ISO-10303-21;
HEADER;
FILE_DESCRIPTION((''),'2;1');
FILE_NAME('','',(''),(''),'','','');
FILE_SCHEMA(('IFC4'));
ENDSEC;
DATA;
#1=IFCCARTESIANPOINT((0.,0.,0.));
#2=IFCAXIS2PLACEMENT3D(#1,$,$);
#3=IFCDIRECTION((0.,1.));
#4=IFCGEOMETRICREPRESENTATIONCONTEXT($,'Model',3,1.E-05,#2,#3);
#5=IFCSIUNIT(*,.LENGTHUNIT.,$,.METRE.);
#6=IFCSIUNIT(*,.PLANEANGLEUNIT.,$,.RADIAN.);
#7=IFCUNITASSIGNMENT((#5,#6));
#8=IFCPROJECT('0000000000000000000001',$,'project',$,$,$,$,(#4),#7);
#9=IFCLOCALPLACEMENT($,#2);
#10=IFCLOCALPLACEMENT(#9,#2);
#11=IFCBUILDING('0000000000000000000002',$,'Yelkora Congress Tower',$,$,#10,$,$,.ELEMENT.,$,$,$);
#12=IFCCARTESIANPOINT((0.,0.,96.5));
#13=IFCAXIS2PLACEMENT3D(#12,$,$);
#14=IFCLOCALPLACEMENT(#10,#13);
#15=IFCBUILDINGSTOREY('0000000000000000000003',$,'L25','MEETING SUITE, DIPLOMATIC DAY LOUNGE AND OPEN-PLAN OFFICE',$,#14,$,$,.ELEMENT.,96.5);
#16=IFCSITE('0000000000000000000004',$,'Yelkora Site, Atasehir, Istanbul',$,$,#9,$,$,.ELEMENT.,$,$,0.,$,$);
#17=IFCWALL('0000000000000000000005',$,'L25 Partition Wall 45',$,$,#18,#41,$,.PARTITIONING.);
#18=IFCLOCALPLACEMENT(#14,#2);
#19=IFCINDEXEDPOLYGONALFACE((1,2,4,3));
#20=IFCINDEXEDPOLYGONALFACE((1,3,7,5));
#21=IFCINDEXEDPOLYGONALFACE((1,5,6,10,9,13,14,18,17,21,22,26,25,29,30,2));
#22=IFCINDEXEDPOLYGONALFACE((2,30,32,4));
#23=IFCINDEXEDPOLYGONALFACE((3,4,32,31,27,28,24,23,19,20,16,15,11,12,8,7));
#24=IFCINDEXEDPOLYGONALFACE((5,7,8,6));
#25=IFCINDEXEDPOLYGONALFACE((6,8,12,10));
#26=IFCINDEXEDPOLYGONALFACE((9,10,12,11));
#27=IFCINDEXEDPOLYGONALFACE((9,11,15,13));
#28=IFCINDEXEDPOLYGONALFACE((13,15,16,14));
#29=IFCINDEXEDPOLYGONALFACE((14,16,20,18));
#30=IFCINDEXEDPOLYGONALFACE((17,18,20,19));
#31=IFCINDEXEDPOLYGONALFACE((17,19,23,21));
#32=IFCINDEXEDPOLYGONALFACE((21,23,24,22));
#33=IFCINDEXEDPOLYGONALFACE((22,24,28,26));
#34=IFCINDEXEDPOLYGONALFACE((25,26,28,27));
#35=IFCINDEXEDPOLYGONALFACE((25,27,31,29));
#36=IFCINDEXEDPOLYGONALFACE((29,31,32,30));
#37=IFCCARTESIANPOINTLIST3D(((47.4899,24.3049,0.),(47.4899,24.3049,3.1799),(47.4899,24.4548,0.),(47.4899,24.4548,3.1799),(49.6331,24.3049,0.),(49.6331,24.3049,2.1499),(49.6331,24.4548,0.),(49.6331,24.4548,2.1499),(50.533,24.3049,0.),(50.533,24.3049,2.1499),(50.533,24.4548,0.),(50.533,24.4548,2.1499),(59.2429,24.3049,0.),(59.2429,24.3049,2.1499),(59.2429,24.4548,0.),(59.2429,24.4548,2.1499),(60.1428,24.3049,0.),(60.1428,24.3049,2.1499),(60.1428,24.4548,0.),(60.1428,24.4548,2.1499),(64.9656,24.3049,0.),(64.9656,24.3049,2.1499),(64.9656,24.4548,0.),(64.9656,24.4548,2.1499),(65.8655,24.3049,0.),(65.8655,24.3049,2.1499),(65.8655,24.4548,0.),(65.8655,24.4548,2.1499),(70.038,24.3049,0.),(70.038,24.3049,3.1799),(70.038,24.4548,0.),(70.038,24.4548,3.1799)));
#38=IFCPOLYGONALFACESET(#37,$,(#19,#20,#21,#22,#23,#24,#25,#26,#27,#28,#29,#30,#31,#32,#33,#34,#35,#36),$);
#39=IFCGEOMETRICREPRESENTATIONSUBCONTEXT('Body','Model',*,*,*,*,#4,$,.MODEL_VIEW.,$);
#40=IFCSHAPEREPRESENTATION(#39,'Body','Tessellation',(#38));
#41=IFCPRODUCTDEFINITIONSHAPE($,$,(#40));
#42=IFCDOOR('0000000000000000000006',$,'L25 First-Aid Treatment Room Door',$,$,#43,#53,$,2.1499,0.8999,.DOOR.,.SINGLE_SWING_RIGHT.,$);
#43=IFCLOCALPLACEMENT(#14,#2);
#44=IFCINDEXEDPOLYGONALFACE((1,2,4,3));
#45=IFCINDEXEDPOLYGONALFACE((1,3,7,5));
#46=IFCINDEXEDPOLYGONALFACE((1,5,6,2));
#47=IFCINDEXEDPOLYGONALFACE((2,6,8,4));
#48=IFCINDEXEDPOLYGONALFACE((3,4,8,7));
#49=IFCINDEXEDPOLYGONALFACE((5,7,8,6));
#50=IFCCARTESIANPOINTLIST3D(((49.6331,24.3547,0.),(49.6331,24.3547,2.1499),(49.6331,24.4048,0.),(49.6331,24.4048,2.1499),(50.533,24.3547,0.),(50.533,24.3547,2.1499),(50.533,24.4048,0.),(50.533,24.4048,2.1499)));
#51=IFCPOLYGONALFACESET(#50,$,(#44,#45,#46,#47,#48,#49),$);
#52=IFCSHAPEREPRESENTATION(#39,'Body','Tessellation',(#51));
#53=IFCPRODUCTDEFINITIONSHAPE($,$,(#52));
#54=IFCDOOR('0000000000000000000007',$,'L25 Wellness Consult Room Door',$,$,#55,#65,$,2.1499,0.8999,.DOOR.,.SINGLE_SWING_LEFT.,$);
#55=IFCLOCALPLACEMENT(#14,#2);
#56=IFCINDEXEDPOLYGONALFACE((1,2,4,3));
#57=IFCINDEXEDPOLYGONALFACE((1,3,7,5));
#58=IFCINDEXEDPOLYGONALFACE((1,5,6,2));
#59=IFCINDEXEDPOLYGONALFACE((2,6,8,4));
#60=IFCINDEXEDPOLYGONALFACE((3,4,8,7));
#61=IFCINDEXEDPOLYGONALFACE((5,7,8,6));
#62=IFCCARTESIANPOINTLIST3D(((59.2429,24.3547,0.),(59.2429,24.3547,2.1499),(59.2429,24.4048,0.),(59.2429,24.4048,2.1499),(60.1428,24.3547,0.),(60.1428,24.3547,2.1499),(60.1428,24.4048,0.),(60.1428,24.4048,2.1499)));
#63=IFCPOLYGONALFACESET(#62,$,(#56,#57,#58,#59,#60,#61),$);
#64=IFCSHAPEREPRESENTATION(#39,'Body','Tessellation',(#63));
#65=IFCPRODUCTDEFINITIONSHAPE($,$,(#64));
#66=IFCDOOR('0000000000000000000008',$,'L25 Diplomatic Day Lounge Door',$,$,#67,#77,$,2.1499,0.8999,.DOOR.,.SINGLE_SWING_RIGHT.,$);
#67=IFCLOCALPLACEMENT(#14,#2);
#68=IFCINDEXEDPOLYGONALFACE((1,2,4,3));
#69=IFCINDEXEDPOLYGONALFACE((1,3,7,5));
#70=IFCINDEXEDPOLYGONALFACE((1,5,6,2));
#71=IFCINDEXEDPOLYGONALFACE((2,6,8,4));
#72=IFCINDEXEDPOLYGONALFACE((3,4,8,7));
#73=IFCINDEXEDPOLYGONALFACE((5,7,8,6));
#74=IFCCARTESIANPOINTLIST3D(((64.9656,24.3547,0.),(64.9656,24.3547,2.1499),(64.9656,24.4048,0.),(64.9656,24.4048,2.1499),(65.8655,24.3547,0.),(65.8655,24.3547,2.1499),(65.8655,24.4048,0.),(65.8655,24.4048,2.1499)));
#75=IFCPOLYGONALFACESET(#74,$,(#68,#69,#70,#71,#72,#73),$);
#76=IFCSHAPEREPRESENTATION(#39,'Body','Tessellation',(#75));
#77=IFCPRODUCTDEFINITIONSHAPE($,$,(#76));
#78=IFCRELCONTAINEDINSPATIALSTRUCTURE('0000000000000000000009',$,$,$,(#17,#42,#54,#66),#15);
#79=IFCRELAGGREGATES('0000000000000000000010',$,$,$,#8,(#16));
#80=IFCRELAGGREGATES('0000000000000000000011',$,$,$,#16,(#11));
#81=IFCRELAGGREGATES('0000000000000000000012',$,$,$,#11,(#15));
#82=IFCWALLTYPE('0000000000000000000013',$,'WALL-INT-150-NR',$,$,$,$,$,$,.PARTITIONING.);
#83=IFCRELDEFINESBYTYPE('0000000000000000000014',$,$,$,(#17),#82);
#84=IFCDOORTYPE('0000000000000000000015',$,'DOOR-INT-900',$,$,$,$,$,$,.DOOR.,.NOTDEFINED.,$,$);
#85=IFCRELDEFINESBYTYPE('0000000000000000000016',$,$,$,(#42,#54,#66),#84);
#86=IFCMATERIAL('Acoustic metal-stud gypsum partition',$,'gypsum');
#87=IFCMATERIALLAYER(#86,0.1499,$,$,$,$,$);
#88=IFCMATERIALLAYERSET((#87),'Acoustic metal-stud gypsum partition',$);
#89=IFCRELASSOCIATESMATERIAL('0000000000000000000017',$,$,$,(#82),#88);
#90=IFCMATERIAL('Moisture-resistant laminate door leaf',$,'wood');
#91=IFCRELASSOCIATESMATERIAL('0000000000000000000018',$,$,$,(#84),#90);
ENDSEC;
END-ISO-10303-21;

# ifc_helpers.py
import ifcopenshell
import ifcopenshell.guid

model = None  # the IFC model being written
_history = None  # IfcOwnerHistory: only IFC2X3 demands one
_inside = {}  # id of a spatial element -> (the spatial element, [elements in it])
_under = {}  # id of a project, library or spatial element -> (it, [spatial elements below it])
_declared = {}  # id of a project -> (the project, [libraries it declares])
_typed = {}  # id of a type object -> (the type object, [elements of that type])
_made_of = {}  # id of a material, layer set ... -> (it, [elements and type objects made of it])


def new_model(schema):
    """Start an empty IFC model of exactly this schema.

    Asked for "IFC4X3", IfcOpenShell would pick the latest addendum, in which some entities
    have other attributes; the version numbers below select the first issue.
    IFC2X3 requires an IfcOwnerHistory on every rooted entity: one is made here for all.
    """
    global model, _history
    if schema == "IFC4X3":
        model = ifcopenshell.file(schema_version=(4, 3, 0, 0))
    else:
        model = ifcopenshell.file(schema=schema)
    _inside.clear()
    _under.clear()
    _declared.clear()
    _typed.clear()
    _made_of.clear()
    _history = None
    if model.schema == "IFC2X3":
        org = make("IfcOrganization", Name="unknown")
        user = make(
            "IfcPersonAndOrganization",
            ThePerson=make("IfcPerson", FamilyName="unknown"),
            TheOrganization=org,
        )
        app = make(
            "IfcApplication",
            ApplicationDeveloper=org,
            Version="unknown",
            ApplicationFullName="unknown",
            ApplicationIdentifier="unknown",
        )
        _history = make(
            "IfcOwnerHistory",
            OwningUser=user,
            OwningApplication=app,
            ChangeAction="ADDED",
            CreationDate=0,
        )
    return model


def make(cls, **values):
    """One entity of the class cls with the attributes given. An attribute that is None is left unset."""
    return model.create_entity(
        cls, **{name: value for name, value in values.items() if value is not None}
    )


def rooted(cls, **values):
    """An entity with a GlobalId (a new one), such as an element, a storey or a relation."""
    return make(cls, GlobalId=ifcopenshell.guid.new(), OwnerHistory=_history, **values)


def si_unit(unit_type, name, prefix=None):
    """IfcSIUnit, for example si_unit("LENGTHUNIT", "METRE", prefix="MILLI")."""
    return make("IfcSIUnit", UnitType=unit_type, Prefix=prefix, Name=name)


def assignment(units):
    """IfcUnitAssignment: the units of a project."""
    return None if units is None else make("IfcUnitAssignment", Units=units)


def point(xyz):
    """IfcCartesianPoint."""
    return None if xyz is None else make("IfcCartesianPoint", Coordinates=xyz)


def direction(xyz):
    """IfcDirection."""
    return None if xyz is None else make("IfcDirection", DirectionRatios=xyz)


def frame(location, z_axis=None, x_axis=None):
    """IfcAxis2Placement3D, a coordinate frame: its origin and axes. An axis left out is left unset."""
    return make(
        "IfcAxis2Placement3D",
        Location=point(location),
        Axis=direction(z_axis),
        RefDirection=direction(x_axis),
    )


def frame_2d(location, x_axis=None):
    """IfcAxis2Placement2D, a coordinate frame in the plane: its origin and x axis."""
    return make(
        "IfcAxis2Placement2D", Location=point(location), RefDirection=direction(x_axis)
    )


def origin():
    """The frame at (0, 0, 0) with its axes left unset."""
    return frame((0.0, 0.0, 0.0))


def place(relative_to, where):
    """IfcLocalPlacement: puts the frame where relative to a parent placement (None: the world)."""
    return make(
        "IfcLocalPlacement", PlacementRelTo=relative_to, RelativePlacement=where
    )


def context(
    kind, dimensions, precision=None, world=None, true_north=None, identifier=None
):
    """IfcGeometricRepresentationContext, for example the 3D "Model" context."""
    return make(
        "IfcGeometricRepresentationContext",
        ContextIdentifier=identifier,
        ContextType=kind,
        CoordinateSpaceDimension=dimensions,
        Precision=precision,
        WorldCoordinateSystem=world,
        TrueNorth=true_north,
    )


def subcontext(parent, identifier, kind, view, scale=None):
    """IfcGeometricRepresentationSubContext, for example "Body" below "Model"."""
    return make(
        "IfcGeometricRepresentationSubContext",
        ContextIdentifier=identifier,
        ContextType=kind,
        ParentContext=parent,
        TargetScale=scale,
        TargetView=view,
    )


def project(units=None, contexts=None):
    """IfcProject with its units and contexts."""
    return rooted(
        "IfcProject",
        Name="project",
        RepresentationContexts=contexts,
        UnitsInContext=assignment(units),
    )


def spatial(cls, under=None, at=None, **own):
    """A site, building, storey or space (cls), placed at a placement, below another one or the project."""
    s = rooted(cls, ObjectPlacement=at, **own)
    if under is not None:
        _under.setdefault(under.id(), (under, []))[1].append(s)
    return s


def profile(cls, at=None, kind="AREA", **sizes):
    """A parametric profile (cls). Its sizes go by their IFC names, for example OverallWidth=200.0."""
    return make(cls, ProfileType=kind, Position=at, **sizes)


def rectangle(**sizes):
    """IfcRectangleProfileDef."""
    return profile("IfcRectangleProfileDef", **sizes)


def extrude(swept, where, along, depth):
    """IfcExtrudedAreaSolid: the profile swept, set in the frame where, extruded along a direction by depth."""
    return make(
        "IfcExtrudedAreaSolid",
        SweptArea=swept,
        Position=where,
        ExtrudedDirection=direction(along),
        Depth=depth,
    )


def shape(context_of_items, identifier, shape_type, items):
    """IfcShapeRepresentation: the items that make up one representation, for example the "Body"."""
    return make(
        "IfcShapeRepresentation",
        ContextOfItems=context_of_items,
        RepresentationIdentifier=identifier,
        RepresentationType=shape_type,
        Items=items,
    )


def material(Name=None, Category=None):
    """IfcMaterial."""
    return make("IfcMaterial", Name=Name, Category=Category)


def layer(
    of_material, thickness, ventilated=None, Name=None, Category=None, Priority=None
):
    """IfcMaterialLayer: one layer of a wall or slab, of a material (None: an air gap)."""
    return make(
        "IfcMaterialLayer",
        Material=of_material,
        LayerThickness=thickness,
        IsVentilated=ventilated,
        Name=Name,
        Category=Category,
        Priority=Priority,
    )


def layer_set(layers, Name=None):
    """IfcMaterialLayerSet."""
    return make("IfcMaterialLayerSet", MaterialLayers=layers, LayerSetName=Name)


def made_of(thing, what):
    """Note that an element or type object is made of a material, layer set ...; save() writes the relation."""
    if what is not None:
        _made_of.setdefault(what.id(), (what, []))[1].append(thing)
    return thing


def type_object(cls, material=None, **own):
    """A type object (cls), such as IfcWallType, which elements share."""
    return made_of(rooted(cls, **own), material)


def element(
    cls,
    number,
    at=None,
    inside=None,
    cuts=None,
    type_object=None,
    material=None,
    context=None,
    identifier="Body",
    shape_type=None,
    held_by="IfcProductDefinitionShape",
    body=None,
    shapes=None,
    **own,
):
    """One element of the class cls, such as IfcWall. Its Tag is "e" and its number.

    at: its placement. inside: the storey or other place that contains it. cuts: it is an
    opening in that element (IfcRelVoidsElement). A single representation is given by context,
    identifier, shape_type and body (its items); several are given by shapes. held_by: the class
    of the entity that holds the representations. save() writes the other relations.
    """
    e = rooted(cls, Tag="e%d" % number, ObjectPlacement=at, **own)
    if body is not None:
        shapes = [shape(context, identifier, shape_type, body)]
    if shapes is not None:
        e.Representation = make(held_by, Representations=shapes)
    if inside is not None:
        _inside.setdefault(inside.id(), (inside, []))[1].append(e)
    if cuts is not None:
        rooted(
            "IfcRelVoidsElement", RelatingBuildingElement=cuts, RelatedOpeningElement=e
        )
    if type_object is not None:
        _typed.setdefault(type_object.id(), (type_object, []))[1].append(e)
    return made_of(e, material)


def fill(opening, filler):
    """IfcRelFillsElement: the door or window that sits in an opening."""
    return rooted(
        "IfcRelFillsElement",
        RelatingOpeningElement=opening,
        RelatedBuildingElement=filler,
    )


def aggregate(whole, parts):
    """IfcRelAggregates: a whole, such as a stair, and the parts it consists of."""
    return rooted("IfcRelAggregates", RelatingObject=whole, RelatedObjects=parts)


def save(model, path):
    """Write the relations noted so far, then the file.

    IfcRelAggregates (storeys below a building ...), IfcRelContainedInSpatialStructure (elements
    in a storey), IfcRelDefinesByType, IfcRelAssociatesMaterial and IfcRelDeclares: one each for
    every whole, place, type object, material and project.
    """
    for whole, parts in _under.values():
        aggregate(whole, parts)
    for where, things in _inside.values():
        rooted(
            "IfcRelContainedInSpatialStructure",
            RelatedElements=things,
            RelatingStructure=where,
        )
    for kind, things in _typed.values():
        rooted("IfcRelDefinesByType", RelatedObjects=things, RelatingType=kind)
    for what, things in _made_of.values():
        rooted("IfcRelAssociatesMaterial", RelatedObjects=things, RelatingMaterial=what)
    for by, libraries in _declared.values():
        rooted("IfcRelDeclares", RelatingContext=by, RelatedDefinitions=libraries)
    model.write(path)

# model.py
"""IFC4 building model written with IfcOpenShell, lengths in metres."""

from ifc_helpers import new_model, si_unit, direction, frame, frame_2d, origin, place, context, subcontext, project, spatial, rectangle, extrude, material, layer, layer_set, type_object, element, fill, save


model = new_model("IFC4")

# Units and contexts
model_context = context("Model", 3, precision=1e-05, world=origin(), true_north=direction((0.0, 1.0)))
body_context = subcontext(model_context, "Body", "Model", "MODEL_VIEW")
ifc_project = project(units=[si_unit("LENGTHUNIT", "METRE"), si_unit("PLANEANGLEUNIT", "RADIAN")], contexts=[model_context])

# Site, building, storey
site_placement = place(None, origin())
site = spatial("IfcSite", under=ifc_project, at=site_placement, Name="Yelkora Site, Atasehir, Istanbul", CompositionType="ELEMENT", RefElevation=0.0)
building_placement = place(site_placement, origin())
building = spatial("IfcBuilding", under=site, at=building_placement, Name="Yelkora Congress Tower", CompositionType="ELEMENT")
storey_placement = place(building_placement, frame((0.0, 0.0, 96.5)))
storey = spatial("IfcBuildingStorey", under=building, at=storey_placement, Name="L25", Description="MEETING SUITE, DIPLOMATIC DAY LOUNGE AND OPEN-PLAN OFFICE", CompositionType="ELEMENT", Elevation=96.5)

# Shared definitions
ifc_material_1 = material(Name="Acoustic metal-stud gypsum partition", Category="gypsum")
ifc_layer = layer(ifc_material_1, 0.1499)
ifc_layer_set = layer_set([ifc_layer], Name="Acoustic metal-stud gypsum partition")
wall_type = type_object("IfcWallType", Name="WALL-INT-150-NR", PredefinedType="PARTITIONING", material=ifc_layer_set)

# Wall, openings, doors
wall_1_placement = place(storey_placement, frame((47.49, 24.3799, 0.0), z_axis=(0.0, 0.0, 1.0), x_axis=(1.0, 0.0, 0.0)))
wall_1 = element("IfcWall", 1, at=wall_1_placement, inside=storey, type_object=wall_type, Name="L25 Partition Wall 45", PredefinedType="PARTITIONING", context=body_context, shape_type="SweptSolid", body=[
    extrude(rectangle(XDim=22.5481, YDim=0.1499, at=frame_2d((11.2739, 0.0))), origin(), (0.0, 0.0, 1.0), 3.1799),
])
opening_1_placement = place(wall_1_placement, frame((2.1431, 0.0, 0.0)))
opening_1 = element("IfcOpeningElement", 2, at=opening_1_placement, cuts=wall_1, PredefinedType="OPENING", context=body_context, shape_type="SweptSolid", body=[
    extrude(rectangle(XDim=0.8999, YDim=2.1499, at=frame_2d((0.45, 1.075))), frame((0.0, 0.085, 0.0), z_axis=(0.0, -1.0, 0.0), x_axis=(1.0, 0.0, 0.0)), (0.0, 0.0, 1.0), 0.1699),
])
opening_2_placement = place(wall_1_placement, frame((11.7529, 0.0, 0.0)))
opening_2 = element("IfcOpeningElement", 3, at=opening_2_placement, cuts=wall_1, PredefinedType="OPENING", context=body_context, shape_type="SweptSolid", body=[
    extrude(rectangle(XDim=0.8999, YDim=2.1499, at=frame_2d((0.45, 1.075))), frame((0.0, 0.085, 0.0), z_axis=(0.0, -1.0, 0.0), x_axis=(1.0, 0.0, 0.0)), (0.0, 0.0, 1.0), 0.1699),
])
opening_3_placement = place(wall_1_placement, frame((17.4756, 0.0, 0.0)))
opening_3 = element("IfcOpeningElement", 4, at=opening_3_placement, cuts=wall_1, PredefinedType="OPENING", context=body_context, shape_type="SweptSolid", body=[
    extrude(rectangle(XDim=0.8999, YDim=2.1499, at=frame_2d((0.45, 1.075))), frame((0.0, 0.085, 0.0), z_axis=(0.0, -1.0, 0.0), x_axis=(1.0, 0.0, 0.0)), (0.0, 0.0, 1.0), 0.1699),
])
ifc_material_2 = material(Name="Moisture-resistant laminate door leaf", Category="wood")
door_type = type_object("IfcDoorType", Name="DOOR-INT-900", OperationType="NOTDEFINED", PredefinedType="DOOR", material=ifc_material_2)
door_1_placement = place(opening_1_placement, origin())
door_1 = element("IfcDoor", 5, at=door_1_placement, inside=storey, type_object=door_type, Name="L25 First-Aid Treatment Room Door", OperationType="SINGLE_SWING_RIGHT", OverallHeight=2.1499, OverallWidth=0.8999, PredefinedType="DOOR", context=body_context, shape_type="SweptSolid", body=[
    extrude(rectangle(XDim=0.8999, YDim=2.1499, at=frame_2d((0.45, 1.075))), frame((0.0, 0.0249, 0.0), z_axis=(0.0, -1.0, 0.0), x_axis=(1.0, 0.0, 0.0)), (0.0, 0.0, 1.0), 0.05),
])
fill(opening_1, door_1)
door_2_placement = place(opening_2_placement, origin())
door_2 = element("IfcDoor", 6, at=door_2_placement, inside=storey, type_object=door_type, Name="L25 Wellness Consult Room Door", OperationType="SINGLE_SWING_LEFT", OverallHeight=2.1499, OverallWidth=0.8999, PredefinedType="DOOR", context=body_context, shape_type="SweptSolid", body=[
    extrude(rectangle(XDim=0.8999, YDim=2.1499, at=frame_2d((0.45, 1.075))), frame((0.0, 0.0249, 0.0), z_axis=(0.0, -1.0, 0.0), x_axis=(1.0, 0.0, 0.0)), (0.0, 0.0, 1.0), 0.05),
])
fill(opening_2, door_2)
door_3_placement = place(opening_3_placement, origin())
door_3 = element("IfcDoor", 7, at=door_3_placement, inside=storey, type_object=door_type, Name="L25 Diplomatic Day Lounge Door", OperationType="SINGLE_SWING_RIGHT", OverallHeight=2.1499, OverallWidth=0.8999, PredefinedType="DOOR", context=body_context, shape_type="SweptSolid", body=[
    extrude(rectangle(XDim=0.8999, YDim=2.1499, at=frame_2d((0.45, 1.075))), frame((0.0, 0.0249, 0.0), z_axis=(0.0, -1.0, 0.0), x_axis=(1.0, 0.0, 0.0)), (0.0, 0.0, 1.0), 0.05),
])
fill(opening_3, door_3)

save(model, "model.ifc")
